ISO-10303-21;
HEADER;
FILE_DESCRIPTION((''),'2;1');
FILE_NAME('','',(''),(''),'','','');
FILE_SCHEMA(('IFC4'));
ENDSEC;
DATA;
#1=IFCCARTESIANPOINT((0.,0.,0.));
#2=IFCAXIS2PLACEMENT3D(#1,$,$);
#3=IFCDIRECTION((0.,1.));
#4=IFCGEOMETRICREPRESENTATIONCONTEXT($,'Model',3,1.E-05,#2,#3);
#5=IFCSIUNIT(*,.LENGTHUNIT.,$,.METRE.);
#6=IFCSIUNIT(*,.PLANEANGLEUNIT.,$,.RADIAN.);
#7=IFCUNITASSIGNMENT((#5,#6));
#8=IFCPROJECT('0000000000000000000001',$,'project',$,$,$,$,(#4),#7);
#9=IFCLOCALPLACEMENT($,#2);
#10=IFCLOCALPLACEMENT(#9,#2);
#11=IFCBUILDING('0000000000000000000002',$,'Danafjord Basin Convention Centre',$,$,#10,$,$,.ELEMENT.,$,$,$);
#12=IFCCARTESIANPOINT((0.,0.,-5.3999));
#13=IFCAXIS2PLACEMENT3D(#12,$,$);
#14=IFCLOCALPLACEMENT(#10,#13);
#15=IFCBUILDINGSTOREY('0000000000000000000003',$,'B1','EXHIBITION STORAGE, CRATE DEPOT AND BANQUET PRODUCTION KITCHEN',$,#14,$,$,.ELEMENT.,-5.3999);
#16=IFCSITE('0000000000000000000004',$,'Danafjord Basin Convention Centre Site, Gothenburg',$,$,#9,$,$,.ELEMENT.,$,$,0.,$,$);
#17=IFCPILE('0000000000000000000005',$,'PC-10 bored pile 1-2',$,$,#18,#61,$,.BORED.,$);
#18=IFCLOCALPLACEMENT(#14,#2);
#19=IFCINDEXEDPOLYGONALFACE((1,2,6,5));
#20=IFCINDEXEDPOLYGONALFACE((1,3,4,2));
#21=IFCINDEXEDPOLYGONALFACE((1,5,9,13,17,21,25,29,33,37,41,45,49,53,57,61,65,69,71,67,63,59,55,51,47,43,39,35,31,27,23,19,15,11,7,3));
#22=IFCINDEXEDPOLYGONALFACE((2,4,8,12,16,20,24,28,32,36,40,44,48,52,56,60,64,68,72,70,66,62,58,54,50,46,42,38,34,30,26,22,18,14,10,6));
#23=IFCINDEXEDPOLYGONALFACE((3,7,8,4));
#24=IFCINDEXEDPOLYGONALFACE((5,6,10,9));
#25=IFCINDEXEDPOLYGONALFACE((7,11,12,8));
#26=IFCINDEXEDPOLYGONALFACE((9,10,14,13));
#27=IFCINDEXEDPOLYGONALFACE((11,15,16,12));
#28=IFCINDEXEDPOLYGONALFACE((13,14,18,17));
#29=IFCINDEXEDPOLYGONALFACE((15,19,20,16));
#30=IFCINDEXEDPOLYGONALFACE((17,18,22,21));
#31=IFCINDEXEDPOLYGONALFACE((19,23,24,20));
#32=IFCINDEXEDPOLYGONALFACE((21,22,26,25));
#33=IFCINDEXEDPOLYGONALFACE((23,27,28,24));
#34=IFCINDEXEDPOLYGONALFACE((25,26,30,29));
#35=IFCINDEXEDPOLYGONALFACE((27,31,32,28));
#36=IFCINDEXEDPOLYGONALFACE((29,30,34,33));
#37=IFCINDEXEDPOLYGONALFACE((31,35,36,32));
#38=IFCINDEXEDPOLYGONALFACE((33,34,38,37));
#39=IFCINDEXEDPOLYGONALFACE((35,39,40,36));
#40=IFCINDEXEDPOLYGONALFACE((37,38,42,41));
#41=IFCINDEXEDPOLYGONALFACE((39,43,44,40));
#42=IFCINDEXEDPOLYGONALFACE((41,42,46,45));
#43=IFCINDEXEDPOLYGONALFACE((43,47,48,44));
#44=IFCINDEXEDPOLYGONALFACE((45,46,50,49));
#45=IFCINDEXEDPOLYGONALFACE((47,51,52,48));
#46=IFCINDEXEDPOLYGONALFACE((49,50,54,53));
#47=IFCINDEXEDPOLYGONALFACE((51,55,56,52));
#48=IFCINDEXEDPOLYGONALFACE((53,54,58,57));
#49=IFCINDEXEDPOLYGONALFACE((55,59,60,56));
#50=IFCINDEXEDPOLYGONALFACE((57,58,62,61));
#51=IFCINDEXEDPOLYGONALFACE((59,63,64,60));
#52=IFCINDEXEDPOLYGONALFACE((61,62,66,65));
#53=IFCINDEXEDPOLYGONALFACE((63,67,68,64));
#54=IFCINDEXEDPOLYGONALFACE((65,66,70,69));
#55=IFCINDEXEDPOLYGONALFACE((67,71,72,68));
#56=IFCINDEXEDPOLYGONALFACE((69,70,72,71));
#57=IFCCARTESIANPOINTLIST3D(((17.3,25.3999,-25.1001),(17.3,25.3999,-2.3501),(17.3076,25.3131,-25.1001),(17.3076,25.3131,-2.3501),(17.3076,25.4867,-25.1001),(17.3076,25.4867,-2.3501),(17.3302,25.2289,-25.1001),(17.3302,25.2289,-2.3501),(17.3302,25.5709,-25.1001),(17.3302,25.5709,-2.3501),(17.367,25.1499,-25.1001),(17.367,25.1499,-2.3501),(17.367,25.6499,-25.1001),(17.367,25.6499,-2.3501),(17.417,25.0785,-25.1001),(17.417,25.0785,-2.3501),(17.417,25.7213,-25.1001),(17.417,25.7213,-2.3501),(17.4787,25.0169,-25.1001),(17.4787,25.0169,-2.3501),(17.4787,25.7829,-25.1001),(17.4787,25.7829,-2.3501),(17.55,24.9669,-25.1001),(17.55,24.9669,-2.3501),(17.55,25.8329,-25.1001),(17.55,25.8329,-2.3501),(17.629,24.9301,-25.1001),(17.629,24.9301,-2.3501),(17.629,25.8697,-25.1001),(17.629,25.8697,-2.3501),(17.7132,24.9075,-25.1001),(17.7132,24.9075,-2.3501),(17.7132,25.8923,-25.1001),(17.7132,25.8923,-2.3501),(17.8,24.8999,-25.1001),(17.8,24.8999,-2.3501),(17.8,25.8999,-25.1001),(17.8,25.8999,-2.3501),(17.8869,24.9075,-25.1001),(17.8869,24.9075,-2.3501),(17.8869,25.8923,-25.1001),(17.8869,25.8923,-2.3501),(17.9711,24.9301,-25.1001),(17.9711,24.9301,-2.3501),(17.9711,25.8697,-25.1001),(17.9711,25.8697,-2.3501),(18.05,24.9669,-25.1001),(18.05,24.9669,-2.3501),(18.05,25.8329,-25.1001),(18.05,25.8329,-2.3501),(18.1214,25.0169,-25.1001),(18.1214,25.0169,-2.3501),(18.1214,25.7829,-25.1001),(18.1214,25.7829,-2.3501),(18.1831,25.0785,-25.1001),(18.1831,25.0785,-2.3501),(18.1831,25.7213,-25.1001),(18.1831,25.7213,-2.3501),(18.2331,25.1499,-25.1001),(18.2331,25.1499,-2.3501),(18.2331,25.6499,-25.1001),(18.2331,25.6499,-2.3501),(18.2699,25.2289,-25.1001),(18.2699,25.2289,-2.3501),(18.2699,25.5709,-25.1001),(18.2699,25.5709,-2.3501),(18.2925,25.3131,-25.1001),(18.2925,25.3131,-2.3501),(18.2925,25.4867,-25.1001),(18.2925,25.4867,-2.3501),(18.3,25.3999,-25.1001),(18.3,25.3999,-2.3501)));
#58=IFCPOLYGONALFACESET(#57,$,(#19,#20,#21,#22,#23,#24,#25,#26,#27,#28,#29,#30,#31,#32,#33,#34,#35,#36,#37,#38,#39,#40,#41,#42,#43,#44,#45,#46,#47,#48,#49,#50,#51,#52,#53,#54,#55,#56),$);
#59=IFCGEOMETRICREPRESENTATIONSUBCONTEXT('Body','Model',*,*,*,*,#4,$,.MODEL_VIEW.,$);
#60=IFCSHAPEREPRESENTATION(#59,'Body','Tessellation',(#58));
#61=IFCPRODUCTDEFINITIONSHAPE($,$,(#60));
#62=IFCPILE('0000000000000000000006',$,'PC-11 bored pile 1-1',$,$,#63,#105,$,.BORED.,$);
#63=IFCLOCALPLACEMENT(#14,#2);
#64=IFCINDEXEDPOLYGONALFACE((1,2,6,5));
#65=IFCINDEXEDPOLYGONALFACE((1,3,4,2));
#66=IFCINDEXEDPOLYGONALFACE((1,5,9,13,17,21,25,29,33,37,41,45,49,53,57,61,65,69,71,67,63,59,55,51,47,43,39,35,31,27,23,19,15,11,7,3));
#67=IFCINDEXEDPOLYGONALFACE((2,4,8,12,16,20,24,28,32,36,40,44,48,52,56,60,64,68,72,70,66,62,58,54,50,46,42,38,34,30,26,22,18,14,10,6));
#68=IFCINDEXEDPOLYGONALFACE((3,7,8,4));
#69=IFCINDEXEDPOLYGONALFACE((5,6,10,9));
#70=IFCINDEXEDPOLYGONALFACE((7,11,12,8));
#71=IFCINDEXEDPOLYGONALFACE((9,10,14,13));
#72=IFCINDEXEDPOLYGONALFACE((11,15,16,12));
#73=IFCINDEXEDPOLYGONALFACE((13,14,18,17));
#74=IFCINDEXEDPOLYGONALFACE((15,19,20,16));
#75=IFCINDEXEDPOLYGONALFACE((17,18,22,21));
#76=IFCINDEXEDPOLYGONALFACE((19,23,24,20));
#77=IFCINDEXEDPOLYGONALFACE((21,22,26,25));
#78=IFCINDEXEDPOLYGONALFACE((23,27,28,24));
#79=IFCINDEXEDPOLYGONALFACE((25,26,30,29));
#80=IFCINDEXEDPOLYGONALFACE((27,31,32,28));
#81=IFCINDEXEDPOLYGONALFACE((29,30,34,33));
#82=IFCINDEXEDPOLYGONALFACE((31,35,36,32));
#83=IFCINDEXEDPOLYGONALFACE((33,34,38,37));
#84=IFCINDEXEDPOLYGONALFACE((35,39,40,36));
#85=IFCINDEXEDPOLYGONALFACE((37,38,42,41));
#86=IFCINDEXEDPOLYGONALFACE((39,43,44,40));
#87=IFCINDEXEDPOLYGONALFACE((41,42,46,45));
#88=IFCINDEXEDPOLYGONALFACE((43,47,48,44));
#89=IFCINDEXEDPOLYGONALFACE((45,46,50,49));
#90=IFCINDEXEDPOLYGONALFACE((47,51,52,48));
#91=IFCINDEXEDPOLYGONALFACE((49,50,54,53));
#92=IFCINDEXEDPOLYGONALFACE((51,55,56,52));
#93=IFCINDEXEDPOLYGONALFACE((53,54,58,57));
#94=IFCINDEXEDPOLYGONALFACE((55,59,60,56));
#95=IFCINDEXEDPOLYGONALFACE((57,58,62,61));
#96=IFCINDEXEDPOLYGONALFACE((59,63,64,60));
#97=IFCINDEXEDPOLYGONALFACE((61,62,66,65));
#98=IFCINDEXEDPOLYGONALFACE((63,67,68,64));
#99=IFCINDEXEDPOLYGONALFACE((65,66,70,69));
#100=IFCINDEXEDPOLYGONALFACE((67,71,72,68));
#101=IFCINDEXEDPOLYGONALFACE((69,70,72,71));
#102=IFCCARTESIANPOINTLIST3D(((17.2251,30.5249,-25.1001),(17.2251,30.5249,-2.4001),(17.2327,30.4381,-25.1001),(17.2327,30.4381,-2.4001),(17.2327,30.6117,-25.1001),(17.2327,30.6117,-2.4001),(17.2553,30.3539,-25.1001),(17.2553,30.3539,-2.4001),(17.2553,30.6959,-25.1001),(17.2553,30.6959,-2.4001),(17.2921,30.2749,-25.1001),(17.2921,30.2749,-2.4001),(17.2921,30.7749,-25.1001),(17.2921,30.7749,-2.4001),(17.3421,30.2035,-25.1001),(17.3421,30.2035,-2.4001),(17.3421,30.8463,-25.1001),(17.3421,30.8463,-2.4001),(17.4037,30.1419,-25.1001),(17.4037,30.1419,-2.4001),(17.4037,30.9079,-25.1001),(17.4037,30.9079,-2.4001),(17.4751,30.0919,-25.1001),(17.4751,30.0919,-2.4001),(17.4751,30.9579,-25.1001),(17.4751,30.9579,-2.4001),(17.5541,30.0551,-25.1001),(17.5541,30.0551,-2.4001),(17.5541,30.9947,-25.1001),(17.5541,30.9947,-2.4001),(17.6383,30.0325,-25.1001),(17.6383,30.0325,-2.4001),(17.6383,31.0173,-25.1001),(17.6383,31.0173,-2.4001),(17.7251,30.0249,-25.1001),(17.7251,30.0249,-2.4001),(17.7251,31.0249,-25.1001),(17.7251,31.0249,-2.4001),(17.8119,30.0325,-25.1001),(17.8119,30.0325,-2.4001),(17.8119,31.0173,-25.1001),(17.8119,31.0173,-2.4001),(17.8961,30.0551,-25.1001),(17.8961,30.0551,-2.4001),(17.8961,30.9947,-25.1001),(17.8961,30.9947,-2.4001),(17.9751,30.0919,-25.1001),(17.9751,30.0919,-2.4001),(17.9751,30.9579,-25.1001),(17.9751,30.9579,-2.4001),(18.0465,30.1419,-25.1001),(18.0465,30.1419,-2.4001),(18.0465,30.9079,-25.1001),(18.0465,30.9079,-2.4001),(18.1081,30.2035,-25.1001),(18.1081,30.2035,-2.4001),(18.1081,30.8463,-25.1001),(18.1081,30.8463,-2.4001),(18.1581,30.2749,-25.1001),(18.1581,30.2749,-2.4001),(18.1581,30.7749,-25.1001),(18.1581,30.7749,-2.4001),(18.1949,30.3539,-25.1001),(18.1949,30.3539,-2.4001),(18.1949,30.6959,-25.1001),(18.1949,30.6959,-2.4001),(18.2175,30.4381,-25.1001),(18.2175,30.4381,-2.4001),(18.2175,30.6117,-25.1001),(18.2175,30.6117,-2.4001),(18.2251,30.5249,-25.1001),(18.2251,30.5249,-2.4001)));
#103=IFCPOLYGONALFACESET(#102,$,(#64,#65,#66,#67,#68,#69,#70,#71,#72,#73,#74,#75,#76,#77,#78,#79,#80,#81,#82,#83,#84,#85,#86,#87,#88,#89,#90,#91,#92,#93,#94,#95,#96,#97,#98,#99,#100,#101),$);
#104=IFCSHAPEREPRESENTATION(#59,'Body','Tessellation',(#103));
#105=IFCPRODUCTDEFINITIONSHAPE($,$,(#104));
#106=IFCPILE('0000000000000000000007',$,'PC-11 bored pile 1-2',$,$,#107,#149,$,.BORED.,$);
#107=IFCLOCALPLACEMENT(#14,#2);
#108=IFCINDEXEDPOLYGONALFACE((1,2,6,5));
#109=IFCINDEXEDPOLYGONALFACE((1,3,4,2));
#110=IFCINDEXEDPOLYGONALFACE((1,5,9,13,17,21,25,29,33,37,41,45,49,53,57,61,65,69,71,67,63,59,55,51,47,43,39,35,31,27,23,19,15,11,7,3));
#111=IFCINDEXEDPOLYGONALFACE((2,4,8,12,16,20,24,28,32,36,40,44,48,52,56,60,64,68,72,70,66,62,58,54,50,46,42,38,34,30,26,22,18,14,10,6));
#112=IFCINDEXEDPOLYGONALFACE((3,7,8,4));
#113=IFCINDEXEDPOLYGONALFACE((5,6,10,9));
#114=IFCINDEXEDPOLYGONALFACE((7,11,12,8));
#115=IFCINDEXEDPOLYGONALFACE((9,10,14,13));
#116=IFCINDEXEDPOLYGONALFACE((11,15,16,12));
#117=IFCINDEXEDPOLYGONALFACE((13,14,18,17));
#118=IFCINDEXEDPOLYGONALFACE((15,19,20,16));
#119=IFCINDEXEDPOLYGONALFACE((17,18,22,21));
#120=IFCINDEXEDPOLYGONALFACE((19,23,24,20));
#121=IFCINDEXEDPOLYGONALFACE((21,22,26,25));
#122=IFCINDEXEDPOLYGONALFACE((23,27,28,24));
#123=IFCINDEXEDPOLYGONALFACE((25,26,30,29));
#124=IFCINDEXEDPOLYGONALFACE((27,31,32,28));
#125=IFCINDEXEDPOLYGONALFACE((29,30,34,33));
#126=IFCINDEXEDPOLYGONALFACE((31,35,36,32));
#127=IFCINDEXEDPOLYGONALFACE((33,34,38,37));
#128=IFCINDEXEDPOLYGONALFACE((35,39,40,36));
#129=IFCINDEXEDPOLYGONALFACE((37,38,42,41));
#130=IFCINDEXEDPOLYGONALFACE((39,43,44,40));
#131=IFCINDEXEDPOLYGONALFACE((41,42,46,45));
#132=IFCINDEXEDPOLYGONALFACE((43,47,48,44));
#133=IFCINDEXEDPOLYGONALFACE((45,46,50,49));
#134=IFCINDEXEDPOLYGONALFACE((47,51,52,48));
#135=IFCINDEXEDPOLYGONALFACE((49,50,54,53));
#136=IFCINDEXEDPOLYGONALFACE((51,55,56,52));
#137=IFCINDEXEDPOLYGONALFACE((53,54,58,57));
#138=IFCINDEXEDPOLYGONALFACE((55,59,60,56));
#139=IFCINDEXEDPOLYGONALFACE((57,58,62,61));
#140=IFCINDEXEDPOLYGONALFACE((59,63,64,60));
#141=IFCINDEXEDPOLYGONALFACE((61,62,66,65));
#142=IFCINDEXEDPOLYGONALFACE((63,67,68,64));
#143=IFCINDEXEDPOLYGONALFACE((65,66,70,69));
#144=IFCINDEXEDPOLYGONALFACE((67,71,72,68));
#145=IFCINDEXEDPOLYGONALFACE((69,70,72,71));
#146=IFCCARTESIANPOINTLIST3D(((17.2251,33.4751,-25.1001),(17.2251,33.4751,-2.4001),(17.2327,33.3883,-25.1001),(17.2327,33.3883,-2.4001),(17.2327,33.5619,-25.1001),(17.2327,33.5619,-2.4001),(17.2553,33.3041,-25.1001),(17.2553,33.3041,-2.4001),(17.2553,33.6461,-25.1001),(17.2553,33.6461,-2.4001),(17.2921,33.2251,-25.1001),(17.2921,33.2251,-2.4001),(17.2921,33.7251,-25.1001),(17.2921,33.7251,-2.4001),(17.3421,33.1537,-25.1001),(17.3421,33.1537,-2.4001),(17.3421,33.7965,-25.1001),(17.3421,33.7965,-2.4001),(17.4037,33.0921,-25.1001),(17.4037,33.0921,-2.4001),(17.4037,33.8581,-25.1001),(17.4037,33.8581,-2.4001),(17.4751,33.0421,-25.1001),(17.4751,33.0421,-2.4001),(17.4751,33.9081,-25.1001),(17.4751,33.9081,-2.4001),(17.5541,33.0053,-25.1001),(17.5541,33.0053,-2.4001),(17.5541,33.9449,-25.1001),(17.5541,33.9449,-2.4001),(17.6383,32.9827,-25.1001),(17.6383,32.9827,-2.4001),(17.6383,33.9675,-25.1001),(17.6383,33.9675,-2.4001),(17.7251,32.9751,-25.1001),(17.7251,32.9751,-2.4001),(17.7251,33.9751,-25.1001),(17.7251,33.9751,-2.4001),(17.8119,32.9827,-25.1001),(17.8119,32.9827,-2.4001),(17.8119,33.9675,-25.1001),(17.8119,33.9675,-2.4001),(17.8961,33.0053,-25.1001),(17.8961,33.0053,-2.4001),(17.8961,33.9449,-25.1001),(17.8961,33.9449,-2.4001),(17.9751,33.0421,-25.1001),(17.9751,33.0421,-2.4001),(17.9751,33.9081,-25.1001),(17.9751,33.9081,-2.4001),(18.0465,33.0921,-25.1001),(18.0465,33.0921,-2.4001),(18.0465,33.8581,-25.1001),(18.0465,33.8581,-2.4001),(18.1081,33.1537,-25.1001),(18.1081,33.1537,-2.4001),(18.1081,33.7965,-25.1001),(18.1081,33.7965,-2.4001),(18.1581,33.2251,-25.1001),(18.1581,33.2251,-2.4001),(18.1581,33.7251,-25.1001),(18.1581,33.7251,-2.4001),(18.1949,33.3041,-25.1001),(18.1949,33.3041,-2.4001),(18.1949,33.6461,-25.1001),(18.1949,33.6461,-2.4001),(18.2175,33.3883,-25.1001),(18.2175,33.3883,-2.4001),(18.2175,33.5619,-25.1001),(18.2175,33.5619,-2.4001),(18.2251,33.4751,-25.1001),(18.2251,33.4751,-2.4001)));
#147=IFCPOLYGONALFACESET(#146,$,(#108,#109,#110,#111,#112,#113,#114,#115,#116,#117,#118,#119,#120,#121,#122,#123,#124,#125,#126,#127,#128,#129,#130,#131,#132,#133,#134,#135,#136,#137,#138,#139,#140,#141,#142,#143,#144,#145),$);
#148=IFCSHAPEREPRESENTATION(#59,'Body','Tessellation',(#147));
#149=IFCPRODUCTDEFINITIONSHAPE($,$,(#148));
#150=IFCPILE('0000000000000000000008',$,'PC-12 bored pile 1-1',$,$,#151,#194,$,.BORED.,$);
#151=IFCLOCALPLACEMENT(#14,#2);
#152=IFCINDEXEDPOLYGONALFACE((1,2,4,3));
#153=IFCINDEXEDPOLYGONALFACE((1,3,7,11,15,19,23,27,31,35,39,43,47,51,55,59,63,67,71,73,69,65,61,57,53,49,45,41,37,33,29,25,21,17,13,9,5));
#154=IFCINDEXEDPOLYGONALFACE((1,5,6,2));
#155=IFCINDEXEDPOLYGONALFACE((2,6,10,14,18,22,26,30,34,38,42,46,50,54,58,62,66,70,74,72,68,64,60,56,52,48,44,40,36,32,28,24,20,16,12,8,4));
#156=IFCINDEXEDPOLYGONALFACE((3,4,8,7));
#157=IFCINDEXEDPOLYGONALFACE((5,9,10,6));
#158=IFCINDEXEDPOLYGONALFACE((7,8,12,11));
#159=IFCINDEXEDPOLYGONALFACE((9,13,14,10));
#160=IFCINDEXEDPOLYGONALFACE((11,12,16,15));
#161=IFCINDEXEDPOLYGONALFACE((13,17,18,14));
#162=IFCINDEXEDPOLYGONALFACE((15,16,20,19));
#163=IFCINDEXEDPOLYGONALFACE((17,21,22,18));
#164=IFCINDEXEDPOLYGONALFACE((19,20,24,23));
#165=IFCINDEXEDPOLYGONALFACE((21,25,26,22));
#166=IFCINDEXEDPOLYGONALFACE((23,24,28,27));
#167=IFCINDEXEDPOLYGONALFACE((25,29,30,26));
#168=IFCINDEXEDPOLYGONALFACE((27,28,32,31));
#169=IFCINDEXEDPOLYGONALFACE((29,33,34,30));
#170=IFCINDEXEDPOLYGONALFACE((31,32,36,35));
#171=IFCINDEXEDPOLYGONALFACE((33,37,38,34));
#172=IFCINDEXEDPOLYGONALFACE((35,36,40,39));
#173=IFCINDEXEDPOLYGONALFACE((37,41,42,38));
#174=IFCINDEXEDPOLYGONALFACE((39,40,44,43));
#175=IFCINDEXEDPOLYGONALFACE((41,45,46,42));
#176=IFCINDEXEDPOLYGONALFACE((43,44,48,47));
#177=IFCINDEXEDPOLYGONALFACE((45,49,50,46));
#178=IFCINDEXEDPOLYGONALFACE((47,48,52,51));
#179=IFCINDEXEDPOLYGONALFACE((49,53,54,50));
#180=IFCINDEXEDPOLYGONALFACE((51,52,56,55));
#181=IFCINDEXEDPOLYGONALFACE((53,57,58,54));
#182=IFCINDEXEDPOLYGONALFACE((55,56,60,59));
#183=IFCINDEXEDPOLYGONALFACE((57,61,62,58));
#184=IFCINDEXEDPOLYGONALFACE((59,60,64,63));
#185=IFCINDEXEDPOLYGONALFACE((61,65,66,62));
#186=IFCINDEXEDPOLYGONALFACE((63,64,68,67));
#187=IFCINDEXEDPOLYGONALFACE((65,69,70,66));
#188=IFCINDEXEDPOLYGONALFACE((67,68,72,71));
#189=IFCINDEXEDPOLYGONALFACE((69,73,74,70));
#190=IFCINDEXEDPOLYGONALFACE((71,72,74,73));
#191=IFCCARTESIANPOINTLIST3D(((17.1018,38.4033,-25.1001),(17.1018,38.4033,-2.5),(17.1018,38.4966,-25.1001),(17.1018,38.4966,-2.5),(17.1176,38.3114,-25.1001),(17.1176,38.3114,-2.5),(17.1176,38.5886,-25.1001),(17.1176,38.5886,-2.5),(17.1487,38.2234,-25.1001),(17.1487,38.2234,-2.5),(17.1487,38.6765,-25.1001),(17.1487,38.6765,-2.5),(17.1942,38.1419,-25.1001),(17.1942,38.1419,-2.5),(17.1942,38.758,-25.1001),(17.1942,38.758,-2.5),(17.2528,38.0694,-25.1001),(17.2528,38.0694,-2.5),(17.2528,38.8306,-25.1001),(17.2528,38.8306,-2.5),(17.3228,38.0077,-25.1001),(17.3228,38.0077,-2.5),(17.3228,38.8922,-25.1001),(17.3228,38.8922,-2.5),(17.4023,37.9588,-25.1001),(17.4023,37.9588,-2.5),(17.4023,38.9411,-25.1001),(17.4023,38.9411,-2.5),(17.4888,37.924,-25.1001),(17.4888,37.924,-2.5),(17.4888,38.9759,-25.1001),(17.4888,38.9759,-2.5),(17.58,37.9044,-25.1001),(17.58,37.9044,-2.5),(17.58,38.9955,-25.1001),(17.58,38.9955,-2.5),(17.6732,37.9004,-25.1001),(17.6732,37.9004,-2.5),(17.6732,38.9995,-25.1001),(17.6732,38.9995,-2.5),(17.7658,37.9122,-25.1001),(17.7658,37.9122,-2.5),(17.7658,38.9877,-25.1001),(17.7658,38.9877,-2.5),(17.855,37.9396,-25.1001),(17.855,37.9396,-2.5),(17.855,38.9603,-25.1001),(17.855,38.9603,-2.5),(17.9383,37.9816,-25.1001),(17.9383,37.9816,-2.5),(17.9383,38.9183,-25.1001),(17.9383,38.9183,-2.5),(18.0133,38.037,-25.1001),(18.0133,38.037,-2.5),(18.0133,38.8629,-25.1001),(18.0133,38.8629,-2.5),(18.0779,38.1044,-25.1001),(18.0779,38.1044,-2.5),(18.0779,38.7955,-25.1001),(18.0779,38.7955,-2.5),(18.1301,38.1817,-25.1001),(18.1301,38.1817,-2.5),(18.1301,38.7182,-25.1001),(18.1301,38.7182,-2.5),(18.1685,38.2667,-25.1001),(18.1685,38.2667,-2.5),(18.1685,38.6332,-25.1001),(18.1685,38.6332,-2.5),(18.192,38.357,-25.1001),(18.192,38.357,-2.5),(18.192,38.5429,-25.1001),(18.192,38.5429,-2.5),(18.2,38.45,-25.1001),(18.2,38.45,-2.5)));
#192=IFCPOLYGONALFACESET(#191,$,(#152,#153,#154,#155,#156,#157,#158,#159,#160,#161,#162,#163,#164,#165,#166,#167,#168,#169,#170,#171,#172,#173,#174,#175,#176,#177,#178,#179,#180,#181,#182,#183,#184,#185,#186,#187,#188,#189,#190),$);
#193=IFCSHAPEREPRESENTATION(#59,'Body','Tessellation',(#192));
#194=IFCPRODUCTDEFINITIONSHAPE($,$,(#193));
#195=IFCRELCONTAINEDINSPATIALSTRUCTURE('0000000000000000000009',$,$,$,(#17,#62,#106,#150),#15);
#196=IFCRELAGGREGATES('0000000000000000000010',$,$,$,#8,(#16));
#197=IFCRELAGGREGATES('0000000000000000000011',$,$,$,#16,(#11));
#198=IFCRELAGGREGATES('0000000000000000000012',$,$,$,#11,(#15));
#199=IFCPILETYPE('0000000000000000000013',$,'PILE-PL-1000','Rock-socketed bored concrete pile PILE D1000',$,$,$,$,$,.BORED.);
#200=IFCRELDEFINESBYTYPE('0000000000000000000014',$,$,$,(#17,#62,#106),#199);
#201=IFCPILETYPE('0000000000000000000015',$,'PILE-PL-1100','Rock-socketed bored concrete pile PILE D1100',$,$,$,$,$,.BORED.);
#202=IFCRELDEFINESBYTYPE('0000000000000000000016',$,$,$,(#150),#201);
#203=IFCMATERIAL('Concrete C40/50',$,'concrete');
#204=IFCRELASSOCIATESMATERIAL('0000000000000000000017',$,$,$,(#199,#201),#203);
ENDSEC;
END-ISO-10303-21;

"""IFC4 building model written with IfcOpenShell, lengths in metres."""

from ifc_helpers import new_model, si_unit, direction, frame, origin, origin_2d, place, context, subcontext, project, spatial, circle, extrude, material, material_profile, profile_set, type_object, element, save


model = new_model("IFC4")

# Units and contexts
model_context = context("Model", 3, precision=1e-05, world=origin(), true_north=direction((0.0, 1.0)))
body_context = subcontext(model_context, "Body", "Model", "MODEL_VIEW")
ifc_project = project(units=[si_unit("LENGTHUNIT", "METRE"), si_unit("PLANEANGLEUNIT", "RADIAN")], contexts=[model_context])

# Site, building, storey
site_placement = place(None, origin())
site = spatial("IfcSite", under=ifc_project, at=site_placement, Name="Danafjord Basin Convention Centre Site, Gothenburg", CompositionType="ELEMENT", RefElevation=0.0)
building_placement = place(site_placement, origin())
building = spatial("IfcBuilding", under=site, at=building_placement, Name="Danafjord Basin Convention Centre", CompositionType="ELEMENT")
storey_placement = place(building_placement, frame((0.0, 0.0, -5.3999)))
storey = spatial("IfcBuildingStorey", under=building, at=storey_placement, Name="B1", Description="EXHIBITION STORAGE, CRATE DEPOT AND BANQUET PRODUCTION KITCHEN", CompositionType="ELEMENT", Elevation=-5.3999)

# Shared definitions
ifc_material_1 = material(Name="Concrete C40/50", Category="concrete")

# Piles
ifc_material_profile_1 = material_profile(ifc_material_1, circle(Radius=0.5, at=origin_2d()), Name="PILE D1000")
ifc_profile_set_1 = profile_set([ifc_material_profile_1], Name="Concrete C40/50")
pile_type_1 = type_object("IfcPileType", Name="PILE-PL-1000", Description="Rock-socketed bored concrete pile PILE D1000", PredefinedType="BORED", material=ifc_profile_set_1)
pile_placement = place(storey_placement, frame((17.8, 25.3999, -2.3501), z_axis=(0.0, 0.0, -1.0), x_axis=(1.0, 0.0, 0.0)))
element("IfcPile", 1, at=pile_placement, inside=storey, type_object=pile_type_1, Name="PC-10 bored pile 1-2", PredefinedType="BORED", context=body_context, shape_type="SweptSolid", body=[
    extrude(circle(Radius=0.5, at=origin_2d()), origin(), (0.0, 0.0, 1.0), 22.75),
])
for number, where, z_axis, x_axis, name in (
    (2, (17.7251, 30.5249, -2.4001), (0.0, 0.0, -1.0), (1.0, 0.0, 0.0), "PC-11 bored pile 1-1"),
    (3, (17.7251, 33.4751, -2.4001), (0.0, 0.0, -1.0), (1.0, 0.0, 0.0), "PC-11 bored pile 1-2"),
):
    element("IfcPile", number, at=place(storey_placement, frame(where, z_axis=z_axis, x_axis=x_axis)), inside=storey, type_object=pile_type_1, Name=name, PredefinedType="BORED", context=body_context, shape_type="SweptSolid", body=[
        extrude(circle(Radius=0.5, at=origin_2d()), origin(), (0.0, 0.0, 1.0), 22.7),
    ])
ifc_material_profile_2 = material_profile(ifc_material_1, circle(Radius=0.55, at=origin_2d()), Name="PILE D1100")
ifc_profile_set_2 = profile_set([ifc_material_profile_2], Name="Concrete C40/50")
pile_type_2 = type_object("IfcPileType", Name="PILE-PL-1100", Description="Rock-socketed bored concrete pile PILE D1100", PredefinedType="BORED", material=ifc_profile_set_2)
for number, where, z_axis, x_axis, name in (
    (4, (17.6499, 38.45, -2.5), (0.0, 0.0, -1.0), (1.0, 0.0, 0.0), "PC-12 bored pile 1-1"),
):
    element("IfcPile", number, at=place(storey_placement, frame(where, z_axis=z_axis, x_axis=x_axis)), inside=storey, type_object=pile_type_2, Name=name, PredefinedType="BORED", context=body_context, shape_type="SweptSolid", body=[
        extrude(circle(Radius=0.55, at=origin_2d()), origin(), (0.0, 0.0, 1.0), 22.6001),
    ])

save(model, "model.ifc")
